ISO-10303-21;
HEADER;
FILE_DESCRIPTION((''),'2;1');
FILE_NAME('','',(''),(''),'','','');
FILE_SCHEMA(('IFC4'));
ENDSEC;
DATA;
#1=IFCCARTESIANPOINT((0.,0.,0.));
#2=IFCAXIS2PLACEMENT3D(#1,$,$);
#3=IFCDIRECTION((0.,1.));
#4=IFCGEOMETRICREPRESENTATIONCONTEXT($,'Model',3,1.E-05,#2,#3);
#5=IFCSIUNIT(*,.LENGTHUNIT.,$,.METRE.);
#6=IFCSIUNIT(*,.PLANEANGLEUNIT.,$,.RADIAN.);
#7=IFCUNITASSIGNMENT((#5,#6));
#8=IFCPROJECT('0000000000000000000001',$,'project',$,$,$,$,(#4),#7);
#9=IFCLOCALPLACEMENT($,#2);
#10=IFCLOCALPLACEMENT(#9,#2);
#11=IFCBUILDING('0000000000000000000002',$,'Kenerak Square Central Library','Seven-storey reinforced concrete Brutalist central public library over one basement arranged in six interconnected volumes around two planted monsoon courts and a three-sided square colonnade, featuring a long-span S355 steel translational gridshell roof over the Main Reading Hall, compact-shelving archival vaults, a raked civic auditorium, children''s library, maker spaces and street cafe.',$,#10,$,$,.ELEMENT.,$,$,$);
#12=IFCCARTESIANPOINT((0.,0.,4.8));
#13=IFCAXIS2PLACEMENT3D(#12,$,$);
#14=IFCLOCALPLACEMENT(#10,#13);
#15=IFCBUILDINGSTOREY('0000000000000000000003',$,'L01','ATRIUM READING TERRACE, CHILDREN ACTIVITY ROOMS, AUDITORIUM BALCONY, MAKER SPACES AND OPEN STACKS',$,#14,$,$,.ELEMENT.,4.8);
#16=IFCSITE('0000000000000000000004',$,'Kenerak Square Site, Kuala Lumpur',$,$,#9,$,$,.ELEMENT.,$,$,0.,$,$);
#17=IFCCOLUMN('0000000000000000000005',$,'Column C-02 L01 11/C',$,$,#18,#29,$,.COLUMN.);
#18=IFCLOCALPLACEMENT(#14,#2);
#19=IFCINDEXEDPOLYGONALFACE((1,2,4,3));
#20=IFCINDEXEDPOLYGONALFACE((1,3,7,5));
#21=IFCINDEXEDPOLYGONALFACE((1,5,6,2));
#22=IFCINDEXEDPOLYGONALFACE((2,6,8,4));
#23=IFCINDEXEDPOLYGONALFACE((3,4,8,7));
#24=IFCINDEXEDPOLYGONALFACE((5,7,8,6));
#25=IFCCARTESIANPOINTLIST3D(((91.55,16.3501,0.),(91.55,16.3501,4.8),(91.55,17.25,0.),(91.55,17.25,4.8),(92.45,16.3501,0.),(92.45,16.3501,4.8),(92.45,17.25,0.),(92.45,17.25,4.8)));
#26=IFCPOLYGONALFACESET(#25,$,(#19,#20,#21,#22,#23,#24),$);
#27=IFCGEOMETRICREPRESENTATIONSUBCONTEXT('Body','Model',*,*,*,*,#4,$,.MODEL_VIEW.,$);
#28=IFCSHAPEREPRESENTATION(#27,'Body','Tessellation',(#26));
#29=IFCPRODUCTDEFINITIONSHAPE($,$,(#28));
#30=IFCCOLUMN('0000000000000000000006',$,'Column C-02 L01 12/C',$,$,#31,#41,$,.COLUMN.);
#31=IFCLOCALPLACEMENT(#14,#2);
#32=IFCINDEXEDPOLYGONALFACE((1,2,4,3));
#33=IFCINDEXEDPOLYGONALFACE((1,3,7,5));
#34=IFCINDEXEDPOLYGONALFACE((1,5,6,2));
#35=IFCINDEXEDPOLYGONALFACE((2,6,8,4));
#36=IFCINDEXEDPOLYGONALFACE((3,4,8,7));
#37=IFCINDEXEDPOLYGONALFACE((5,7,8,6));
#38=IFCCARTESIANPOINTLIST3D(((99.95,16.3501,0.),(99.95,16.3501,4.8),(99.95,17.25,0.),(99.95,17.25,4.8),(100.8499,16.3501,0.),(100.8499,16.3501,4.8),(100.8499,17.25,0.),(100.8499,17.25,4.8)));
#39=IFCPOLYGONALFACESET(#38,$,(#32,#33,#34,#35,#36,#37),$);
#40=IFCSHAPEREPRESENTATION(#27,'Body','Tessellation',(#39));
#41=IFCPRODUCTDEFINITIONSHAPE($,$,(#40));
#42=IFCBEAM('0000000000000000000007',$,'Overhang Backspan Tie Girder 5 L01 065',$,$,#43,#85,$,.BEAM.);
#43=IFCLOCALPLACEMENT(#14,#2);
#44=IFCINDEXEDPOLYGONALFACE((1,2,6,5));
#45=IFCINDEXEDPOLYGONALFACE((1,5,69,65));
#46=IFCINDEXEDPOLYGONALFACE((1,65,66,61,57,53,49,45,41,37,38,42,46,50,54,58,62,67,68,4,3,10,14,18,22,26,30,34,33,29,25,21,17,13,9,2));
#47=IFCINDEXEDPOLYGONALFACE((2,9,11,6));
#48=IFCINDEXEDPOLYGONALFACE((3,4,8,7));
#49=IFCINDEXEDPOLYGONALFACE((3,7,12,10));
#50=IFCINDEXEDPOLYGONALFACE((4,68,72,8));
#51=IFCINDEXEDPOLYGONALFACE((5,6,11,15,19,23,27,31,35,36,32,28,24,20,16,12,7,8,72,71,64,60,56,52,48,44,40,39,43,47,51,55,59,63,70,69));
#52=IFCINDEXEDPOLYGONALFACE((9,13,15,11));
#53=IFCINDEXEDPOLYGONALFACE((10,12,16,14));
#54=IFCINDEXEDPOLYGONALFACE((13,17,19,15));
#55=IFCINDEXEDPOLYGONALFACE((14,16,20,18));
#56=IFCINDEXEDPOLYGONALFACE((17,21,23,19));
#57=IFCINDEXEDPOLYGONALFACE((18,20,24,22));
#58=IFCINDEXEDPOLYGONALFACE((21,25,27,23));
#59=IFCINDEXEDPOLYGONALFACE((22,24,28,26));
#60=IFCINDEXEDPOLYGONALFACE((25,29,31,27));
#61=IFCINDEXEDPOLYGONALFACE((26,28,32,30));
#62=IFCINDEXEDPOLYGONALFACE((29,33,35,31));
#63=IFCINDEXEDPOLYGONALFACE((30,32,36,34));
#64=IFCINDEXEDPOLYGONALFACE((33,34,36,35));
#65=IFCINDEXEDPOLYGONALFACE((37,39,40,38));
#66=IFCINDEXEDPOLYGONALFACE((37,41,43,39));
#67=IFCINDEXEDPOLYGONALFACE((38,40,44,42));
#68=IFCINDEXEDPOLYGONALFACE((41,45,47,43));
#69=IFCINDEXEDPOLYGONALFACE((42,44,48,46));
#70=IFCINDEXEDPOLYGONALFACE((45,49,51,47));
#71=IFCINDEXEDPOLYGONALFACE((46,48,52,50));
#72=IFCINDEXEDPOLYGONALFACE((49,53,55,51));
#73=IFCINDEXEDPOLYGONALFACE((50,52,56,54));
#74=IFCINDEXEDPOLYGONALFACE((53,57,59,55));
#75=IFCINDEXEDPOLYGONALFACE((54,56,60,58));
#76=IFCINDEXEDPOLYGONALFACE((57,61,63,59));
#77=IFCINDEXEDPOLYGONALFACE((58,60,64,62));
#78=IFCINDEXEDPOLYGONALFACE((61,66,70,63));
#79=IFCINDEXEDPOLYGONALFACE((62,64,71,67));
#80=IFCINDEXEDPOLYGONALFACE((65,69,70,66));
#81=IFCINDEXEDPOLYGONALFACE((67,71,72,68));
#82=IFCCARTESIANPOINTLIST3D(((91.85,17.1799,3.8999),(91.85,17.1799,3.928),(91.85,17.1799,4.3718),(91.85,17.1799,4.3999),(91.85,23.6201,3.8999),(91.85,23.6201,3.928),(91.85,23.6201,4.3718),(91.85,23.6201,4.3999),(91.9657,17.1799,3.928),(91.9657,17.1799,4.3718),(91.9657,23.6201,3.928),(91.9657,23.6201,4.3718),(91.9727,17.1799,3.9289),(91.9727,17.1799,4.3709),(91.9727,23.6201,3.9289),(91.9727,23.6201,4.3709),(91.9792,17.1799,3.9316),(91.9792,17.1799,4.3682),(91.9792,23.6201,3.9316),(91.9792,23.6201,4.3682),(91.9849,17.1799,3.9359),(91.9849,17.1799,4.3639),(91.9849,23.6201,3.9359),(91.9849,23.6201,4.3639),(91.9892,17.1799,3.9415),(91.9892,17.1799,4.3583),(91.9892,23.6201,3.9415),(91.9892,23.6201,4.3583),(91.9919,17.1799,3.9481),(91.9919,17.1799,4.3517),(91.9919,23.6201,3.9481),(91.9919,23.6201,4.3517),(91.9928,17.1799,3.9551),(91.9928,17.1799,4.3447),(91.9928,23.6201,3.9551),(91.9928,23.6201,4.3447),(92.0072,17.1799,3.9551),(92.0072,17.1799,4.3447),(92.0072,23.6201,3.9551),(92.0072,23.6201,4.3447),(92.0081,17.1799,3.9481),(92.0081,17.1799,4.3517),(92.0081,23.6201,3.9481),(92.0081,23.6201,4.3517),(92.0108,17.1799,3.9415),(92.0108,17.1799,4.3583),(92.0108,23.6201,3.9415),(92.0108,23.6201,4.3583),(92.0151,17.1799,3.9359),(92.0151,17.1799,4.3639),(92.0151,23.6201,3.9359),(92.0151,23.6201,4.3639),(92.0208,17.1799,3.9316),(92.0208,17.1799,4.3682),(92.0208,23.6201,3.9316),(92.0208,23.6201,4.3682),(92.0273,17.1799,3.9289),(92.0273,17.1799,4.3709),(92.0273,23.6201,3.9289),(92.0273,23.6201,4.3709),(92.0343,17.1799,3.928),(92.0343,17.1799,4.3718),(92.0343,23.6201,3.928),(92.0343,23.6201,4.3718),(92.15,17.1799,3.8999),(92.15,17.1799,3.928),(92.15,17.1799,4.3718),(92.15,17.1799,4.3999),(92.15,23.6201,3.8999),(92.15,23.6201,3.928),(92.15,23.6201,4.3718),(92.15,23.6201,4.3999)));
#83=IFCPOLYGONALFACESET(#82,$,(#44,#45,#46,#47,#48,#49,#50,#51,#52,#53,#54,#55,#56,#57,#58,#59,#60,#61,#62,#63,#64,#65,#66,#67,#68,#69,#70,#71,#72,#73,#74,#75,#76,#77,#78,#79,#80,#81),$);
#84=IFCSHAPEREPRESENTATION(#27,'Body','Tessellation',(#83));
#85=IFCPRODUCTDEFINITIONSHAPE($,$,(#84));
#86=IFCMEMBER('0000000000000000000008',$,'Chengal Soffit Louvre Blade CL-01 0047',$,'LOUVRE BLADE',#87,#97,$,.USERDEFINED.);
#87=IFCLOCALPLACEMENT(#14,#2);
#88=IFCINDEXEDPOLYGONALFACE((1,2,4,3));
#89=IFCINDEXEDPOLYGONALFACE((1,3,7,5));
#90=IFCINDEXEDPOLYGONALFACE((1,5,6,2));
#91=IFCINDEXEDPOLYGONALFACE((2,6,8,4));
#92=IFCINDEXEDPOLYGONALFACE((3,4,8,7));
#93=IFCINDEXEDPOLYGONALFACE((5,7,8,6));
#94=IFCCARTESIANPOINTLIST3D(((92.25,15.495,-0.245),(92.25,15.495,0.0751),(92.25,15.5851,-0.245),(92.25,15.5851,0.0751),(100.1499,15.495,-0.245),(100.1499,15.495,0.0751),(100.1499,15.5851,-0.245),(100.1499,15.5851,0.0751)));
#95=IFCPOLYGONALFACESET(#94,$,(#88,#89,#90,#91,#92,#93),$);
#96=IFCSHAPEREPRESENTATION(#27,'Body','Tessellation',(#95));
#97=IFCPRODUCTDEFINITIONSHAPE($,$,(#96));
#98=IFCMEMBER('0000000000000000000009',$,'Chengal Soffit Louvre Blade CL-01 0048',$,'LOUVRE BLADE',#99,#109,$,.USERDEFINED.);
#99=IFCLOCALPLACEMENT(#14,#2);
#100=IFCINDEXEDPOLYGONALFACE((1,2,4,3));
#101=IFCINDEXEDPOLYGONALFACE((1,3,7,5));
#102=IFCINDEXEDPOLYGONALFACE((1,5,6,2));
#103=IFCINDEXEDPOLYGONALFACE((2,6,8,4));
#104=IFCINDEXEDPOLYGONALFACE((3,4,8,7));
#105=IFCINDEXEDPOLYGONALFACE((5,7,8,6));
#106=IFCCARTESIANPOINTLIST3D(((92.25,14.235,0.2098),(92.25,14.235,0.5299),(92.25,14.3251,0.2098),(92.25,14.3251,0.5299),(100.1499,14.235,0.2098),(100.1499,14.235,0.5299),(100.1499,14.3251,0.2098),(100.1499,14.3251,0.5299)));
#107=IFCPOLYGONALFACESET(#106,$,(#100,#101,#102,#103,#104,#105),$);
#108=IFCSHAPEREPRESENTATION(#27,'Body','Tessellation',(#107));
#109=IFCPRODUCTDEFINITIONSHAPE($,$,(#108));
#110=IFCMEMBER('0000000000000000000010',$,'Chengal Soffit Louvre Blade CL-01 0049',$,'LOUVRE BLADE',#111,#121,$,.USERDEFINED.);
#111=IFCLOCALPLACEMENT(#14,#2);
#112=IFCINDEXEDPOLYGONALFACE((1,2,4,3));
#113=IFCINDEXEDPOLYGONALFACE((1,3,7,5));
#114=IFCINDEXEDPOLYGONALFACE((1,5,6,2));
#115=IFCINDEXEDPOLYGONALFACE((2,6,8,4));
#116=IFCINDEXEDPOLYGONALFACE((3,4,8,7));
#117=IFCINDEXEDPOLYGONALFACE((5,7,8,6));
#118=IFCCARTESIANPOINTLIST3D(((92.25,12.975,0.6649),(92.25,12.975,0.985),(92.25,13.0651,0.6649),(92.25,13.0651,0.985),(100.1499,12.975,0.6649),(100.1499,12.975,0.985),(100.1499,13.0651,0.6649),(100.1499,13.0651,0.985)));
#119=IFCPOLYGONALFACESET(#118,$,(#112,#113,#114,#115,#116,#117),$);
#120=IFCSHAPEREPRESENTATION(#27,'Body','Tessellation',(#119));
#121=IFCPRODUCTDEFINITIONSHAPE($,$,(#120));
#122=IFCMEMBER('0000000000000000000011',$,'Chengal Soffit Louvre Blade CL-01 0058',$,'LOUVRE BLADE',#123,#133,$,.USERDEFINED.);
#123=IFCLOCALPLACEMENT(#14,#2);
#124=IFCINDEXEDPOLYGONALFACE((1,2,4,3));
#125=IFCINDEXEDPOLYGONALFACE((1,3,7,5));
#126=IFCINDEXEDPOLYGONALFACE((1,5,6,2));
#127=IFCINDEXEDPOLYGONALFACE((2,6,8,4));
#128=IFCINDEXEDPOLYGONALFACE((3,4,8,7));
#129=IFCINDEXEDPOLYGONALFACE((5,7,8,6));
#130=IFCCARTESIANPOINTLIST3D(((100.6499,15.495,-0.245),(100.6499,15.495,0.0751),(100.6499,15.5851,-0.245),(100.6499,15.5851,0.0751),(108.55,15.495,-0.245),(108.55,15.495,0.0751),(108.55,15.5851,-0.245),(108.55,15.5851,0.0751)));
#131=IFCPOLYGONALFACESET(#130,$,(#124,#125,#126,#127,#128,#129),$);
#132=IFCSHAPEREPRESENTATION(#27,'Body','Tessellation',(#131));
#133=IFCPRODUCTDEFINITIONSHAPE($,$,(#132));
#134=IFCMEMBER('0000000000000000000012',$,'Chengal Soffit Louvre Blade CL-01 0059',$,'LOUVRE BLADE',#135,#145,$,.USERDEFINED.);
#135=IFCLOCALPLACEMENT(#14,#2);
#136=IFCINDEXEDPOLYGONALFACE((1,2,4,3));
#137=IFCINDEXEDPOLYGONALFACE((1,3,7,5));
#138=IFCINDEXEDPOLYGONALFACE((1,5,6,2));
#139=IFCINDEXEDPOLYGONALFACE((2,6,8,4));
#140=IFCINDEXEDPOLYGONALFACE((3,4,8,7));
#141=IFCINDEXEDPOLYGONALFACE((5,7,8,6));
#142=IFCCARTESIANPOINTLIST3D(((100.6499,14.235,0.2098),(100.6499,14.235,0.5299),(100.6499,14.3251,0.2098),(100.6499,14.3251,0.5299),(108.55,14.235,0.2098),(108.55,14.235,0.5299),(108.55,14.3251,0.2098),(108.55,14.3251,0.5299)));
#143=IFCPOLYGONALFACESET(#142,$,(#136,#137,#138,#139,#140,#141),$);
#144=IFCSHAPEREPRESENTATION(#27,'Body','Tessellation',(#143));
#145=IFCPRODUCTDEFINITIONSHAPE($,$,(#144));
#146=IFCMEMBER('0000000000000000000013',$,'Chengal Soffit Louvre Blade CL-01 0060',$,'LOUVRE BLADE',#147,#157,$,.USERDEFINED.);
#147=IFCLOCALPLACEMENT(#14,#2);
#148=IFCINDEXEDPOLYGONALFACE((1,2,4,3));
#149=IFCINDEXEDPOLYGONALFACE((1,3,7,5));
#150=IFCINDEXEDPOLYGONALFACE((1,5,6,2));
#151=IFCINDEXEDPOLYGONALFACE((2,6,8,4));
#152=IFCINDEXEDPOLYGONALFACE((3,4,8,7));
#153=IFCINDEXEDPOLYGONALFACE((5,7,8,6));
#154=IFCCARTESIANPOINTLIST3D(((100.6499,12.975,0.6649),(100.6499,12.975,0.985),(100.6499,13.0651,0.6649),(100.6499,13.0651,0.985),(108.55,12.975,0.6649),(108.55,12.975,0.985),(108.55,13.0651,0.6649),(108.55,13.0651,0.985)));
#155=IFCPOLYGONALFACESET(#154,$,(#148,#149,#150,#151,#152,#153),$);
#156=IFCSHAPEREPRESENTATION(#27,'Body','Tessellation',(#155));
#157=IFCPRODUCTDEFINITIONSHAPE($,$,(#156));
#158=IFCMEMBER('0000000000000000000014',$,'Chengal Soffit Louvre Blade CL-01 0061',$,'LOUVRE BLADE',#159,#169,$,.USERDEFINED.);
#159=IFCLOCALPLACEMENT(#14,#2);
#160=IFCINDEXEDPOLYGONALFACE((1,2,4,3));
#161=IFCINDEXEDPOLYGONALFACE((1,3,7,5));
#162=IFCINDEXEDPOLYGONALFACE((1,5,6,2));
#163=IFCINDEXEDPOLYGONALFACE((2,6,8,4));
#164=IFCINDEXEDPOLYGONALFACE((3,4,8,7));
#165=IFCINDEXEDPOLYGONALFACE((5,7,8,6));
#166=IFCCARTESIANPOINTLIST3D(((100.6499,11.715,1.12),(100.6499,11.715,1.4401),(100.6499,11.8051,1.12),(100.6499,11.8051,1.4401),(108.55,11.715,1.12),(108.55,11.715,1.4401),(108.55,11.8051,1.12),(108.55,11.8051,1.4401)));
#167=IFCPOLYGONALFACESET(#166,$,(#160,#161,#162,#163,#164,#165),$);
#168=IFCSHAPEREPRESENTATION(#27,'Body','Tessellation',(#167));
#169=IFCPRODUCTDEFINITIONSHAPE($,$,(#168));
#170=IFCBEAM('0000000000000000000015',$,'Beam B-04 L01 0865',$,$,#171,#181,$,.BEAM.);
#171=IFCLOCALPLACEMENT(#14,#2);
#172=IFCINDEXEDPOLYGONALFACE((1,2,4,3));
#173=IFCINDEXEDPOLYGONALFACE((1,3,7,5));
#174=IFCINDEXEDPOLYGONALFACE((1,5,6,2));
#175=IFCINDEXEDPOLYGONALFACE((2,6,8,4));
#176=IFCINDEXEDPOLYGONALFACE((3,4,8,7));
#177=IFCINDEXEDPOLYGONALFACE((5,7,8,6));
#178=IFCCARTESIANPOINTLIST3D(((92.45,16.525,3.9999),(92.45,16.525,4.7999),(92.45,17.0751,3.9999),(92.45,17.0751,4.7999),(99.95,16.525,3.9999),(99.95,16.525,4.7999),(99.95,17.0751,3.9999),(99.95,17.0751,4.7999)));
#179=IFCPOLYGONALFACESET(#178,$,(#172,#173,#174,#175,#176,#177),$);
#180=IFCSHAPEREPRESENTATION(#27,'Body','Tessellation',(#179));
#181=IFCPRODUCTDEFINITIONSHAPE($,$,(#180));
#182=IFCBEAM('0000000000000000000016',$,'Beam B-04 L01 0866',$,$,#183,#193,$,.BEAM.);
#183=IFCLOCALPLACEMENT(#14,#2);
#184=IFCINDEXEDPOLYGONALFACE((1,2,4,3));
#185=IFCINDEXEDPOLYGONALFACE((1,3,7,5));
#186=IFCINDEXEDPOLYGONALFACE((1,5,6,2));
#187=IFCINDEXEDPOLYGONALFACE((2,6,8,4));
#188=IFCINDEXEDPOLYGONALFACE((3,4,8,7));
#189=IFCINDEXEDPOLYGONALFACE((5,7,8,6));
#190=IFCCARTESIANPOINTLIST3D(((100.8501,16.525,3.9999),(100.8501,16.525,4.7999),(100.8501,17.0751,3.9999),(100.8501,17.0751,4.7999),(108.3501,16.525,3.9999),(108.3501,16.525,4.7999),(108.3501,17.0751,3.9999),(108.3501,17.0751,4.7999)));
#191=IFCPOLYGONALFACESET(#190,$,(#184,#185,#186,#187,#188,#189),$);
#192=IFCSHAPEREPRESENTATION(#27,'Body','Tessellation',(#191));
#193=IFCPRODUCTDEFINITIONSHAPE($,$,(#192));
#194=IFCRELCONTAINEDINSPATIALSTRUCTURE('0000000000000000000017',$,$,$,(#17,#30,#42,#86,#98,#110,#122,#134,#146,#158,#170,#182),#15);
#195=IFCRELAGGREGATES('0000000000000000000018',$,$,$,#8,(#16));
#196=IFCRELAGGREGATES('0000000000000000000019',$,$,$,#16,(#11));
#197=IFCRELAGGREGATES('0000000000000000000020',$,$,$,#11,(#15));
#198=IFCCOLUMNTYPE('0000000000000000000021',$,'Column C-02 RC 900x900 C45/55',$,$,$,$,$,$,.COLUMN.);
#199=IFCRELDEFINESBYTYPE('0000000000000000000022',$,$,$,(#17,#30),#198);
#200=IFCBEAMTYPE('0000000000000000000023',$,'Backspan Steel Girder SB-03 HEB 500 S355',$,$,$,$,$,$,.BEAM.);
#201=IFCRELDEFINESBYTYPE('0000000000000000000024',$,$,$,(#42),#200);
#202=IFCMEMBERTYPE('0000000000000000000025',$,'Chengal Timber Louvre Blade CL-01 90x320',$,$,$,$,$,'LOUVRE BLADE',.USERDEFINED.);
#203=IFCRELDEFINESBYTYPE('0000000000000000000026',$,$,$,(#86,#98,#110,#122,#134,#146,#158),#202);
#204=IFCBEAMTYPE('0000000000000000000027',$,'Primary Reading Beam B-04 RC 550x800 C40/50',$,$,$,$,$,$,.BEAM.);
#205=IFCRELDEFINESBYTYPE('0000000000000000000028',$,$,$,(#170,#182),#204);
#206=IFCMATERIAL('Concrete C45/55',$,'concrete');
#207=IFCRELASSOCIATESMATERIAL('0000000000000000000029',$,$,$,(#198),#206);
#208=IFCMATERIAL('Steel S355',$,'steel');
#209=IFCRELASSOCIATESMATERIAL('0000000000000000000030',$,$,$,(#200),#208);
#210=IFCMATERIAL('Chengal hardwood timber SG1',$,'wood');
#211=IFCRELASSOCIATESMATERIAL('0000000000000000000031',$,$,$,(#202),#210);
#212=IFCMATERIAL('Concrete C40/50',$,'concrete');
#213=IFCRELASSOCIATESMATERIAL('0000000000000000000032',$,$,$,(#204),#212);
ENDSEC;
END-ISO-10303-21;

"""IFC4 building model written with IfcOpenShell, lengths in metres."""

from ifc_helpers import new_model, si_unit, direction, frame, origin, origin_2d, place, context, subcontext, project, spatial, rectangle, i_section, extrude, material, material_profile, profile_set, type_object, element, save


model = new_model("IFC4")

# Units and contexts
model_context = context("Model", 3, precision=1e-05, world=origin(), true_north=direction((0.0, 1.0)))
body_context = subcontext(model_context, "Body", "Model", "MODEL_VIEW")
ifc_project = project(units=[si_unit("LENGTHUNIT", "METRE"), si_unit("PLANEANGLEUNIT", "RADIAN")], contexts=[model_context])

# Site, building, storey
site_placement = place(None, origin())
site = spatial("IfcSite", under=ifc_project, at=site_placement, Name="Kenerak Square Site, Kuala Lumpur", CompositionType="ELEMENT", RefElevation=0.0)
building_placement = place(site_placement, origin())
building = spatial("IfcBuilding", under=site, at=building_placement, Name="Kenerak Square Central Library", Description="Seven-storey reinforced concrete Brutalist central public library over one basement arranged in six interconnected volumes around two planted monsoon courts and a three-sided square colonnade, featuring a long-span S355 steel translational gridshell roof over the Main Reading Hall, compact-shelving archival vaults, a raked civic auditorium, children's library, maker spaces and street cafe.", CompositionType="ELEMENT")
storey_placement = place(building_placement, frame((0.0, 0.0, 4.8)))
storey = spatial("IfcBuildingStorey", under=building, at=storey_placement, Name="L01", Description="ATRIUM READING TERRACE, CHILDREN ACTIVITY ROOMS, AUDITORIUM BALCONY, MAKER SPACES AND OPEN STACKS", CompositionType="ELEMENT", Elevation=4.8)

# Columns
ifc_material_1 = material(Name="Concrete C45/55", Category="concrete")
ifc_material_profile_1 = material_profile(ifc_material_1, rectangle(XDim=0.8999, YDim=0.8999, at=origin_2d()), Name="RC 900x900")
ifc_profile_set_1 = profile_set([ifc_material_profile_1], Name="Concrete C45/55")
column_type = type_object("IfcColumnType", Name="Column C-02 RC 900x900 C45/55", PredefinedType="COLUMN", material=ifc_profile_set_1)
for number, where, z_axis, x_axis, name in (
    (1, (92.0, 16.8, 0.0), (0.0, 0.0, 1.0), (1.0, 0.0, 0.0), "Column C-02 L01 11/C"),
    (2, (100.3999, 16.8, 0.0), (0.0, 0.0, 1.0), (1.0, 0.0, 0.0), "Column C-02 L01 12/C"),
):
    element("IfcColumn", number, at=place(storey_placement, frame(where, z_axis=z_axis, x_axis=x_axis)), inside=storey, type_object=column_type, Name=name, PredefinedType="COLUMN", context=body_context, shape_type="SweptSolid", body=[
        extrude(rectangle(XDim=0.8999, YDim=0.8999, at=origin_2d()), origin(), (0.0, 0.0, 1.0), 4.8),
    ])

# Beam
ifc_material_2 = material(Name="Steel S355", Category="steel")
ifc_material_profile_2 = material_profile(ifc_material_2, i_section(OverallWidth=0.3, OverallDepth=0.5, WebThickness=0.0144, FlangeThickness=0.0281, FilletRadius=0.0271, at=origin_2d()), Name="HEB 500")
ifc_profile_set_2 = profile_set([ifc_material_profile_2], Name="Steel S355")
beam_type_1 = type_object("IfcBeamType", Name="Backspan Steel Girder SB-03 HEB 500 S355", PredefinedType="BEAM", material=ifc_profile_set_2)
beam_placement = place(storey_placement, frame((92.0, 17.1799, 4.1499), z_axis=(0.0, 1.0, 0.0), x_axis=(-1.0, 0.0, 0.0)))
element("IfcBeam", 3, at=beam_placement, inside=storey, type_object=beam_type_1, Name="Overhang Backspan Tie Girder 5 L01 065", PredefinedType="BEAM", context=body_context, shape_type="SweptSolid", body=[
    extrude(i_section(OverallWidth=0.3, OverallDepth=0.5, WebThickness=0.0144, FlangeThickness=0.0281, FilletRadius=0.0271, at=origin_2d()), origin(), (0.0, 0.0, 1.0), 6.4402),
])

# Members
ifc_material_3 = material(Name="Chengal hardwood timber SG1", Category="wood")
ifc_material_profile_3 = material_profile(ifc_material_3, rectangle(XDim=0.0901, YDim=0.3201, at=origin_2d()), Name="CHENGAL 90x320")
ifc_profile_set_3 = profile_set([ifc_material_profile_3], Name="Chengal hardwood timber SG1")
member_type_1 = type_object("IfcMemberType", Name="Chengal Timber Louvre Blade CL-01 90x320", ElementType="LOUVRE BLADE", PredefinedType="USERDEFINED", material=ifc_profile_set_3)
for number, where, z_axis, x_axis, name in (
    (4, (92.25, 15.54, -0.085), (1.0, 0.0, 0.0), (0.0, 1.0, 0.0), "Chengal Soffit Louvre Blade CL-01 0047"),
    (5, (92.25, 14.28, 0.3699), (1.0, 0.0, 0.0), (0.0, 1.0, 0.0), "Chengal Soffit Louvre Blade CL-01 0048"),
    (6, (92.25, 13.02, 0.825), (1.0, 0.0, 0.0), (0.0, 1.0, 0.0), "Chengal Soffit Louvre Blade CL-01 0049"),
):
    element("IfcMember", number, at=place(storey_placement, frame(where, z_axis=z_axis, x_axis=x_axis)), inside=storey, type_object=member_type_1, Name=name, ObjectType="LOUVRE BLADE", PredefinedType="USERDEFINED", context=body_context, shape_type="SweptSolid", body=[
        extrude(rectangle(XDim=0.0901, YDim=0.3201, at=origin_2d()), origin(), (0.0, 0.0, 1.0), 7.8999),
    ])
for number, where, z_axis, x_axis, name in (
    (7, (100.6499, 15.54, -0.085), (1.0, 0.0, 0.0), (0.0, 1.0, 0.0), "Chengal Soffit Louvre Blade CL-01 0058"),
    (8, (100.6499, 14.28, 0.3699), (1.0, 0.0, 0.0), (0.0, 1.0, 0.0), "Chengal Soffit Louvre Blade CL-01 0059"),
    (9, (100.6499, 13.02, 0.825), (1.0, 0.0, 0.0), (0.0, 1.0, 0.0), "Chengal Soffit Louvre Blade CL-01 0060"),
    (10, (100.6499, 11.76, 1.28), (1.0, 0.0, 0.0), (0.0, 1.0, 0.0), "Chengal Soffit Louvre Blade CL-01 0061"),
):
    element("IfcMember", number, at=place(storey_placement, frame(where, z_axis=z_axis, x_axis=x_axis)), inside=storey, type_object=member_type_1, Name=name, ObjectType="LOUVRE BLADE", PredefinedType="USERDEFINED", context=body_context, shape_type="SweptSolid", body=[
        extrude(rectangle(XDim=0.0901, YDim=0.3201, at=origin_2d()), origin(), (0.0, 0.0, 1.0), 7.9001),
    ])

# Beams
ifc_material_4 = material(Name="Concrete C40/50", Category="concrete")
ifc_material_profile_4 = material_profile(ifc_material_4, rectangle(XDim=0.55, YDim=0.8, at=origin_2d()), Name="RC 550x800")
ifc_profile_set_4 = profile_set([ifc_material_profile_4], Name="Concrete C40/50")
beam_type_2 = type_object("IfcBeamType", Name="Primary Reading Beam B-04 RC 550x800 C40/50", PredefinedType="BEAM", material=ifc_profile_set_4)
for number, where, z_axis, x_axis, name in (
    (11, (92.45, 16.8, 4.3999), (1.0, 0.0, 0.0), (0.0, 1.0, 0.0), "Beam B-04 L01 0865"),
    (12, (100.8501, 16.8, 4.3999), (1.0, 0.0, 0.0), (0.0, 1.0, 0.0), "Beam B-04 L01 0866"),
):
    element("IfcBeam", number, at=place(storey_placement, frame(where, z_axis=z_axis, x_axis=x_axis)), inside=storey, type_object=beam_type_2, Name=name, PredefinedType="BEAM", context=body_context, shape_type="SweptSolid", body=[
        extrude(rectangle(XDim=0.55, YDim=0.8, at=origin_2d()), origin(), (0.0, 0.0, 1.0), 7.5),
    ])

save(model, "model.ifc")
